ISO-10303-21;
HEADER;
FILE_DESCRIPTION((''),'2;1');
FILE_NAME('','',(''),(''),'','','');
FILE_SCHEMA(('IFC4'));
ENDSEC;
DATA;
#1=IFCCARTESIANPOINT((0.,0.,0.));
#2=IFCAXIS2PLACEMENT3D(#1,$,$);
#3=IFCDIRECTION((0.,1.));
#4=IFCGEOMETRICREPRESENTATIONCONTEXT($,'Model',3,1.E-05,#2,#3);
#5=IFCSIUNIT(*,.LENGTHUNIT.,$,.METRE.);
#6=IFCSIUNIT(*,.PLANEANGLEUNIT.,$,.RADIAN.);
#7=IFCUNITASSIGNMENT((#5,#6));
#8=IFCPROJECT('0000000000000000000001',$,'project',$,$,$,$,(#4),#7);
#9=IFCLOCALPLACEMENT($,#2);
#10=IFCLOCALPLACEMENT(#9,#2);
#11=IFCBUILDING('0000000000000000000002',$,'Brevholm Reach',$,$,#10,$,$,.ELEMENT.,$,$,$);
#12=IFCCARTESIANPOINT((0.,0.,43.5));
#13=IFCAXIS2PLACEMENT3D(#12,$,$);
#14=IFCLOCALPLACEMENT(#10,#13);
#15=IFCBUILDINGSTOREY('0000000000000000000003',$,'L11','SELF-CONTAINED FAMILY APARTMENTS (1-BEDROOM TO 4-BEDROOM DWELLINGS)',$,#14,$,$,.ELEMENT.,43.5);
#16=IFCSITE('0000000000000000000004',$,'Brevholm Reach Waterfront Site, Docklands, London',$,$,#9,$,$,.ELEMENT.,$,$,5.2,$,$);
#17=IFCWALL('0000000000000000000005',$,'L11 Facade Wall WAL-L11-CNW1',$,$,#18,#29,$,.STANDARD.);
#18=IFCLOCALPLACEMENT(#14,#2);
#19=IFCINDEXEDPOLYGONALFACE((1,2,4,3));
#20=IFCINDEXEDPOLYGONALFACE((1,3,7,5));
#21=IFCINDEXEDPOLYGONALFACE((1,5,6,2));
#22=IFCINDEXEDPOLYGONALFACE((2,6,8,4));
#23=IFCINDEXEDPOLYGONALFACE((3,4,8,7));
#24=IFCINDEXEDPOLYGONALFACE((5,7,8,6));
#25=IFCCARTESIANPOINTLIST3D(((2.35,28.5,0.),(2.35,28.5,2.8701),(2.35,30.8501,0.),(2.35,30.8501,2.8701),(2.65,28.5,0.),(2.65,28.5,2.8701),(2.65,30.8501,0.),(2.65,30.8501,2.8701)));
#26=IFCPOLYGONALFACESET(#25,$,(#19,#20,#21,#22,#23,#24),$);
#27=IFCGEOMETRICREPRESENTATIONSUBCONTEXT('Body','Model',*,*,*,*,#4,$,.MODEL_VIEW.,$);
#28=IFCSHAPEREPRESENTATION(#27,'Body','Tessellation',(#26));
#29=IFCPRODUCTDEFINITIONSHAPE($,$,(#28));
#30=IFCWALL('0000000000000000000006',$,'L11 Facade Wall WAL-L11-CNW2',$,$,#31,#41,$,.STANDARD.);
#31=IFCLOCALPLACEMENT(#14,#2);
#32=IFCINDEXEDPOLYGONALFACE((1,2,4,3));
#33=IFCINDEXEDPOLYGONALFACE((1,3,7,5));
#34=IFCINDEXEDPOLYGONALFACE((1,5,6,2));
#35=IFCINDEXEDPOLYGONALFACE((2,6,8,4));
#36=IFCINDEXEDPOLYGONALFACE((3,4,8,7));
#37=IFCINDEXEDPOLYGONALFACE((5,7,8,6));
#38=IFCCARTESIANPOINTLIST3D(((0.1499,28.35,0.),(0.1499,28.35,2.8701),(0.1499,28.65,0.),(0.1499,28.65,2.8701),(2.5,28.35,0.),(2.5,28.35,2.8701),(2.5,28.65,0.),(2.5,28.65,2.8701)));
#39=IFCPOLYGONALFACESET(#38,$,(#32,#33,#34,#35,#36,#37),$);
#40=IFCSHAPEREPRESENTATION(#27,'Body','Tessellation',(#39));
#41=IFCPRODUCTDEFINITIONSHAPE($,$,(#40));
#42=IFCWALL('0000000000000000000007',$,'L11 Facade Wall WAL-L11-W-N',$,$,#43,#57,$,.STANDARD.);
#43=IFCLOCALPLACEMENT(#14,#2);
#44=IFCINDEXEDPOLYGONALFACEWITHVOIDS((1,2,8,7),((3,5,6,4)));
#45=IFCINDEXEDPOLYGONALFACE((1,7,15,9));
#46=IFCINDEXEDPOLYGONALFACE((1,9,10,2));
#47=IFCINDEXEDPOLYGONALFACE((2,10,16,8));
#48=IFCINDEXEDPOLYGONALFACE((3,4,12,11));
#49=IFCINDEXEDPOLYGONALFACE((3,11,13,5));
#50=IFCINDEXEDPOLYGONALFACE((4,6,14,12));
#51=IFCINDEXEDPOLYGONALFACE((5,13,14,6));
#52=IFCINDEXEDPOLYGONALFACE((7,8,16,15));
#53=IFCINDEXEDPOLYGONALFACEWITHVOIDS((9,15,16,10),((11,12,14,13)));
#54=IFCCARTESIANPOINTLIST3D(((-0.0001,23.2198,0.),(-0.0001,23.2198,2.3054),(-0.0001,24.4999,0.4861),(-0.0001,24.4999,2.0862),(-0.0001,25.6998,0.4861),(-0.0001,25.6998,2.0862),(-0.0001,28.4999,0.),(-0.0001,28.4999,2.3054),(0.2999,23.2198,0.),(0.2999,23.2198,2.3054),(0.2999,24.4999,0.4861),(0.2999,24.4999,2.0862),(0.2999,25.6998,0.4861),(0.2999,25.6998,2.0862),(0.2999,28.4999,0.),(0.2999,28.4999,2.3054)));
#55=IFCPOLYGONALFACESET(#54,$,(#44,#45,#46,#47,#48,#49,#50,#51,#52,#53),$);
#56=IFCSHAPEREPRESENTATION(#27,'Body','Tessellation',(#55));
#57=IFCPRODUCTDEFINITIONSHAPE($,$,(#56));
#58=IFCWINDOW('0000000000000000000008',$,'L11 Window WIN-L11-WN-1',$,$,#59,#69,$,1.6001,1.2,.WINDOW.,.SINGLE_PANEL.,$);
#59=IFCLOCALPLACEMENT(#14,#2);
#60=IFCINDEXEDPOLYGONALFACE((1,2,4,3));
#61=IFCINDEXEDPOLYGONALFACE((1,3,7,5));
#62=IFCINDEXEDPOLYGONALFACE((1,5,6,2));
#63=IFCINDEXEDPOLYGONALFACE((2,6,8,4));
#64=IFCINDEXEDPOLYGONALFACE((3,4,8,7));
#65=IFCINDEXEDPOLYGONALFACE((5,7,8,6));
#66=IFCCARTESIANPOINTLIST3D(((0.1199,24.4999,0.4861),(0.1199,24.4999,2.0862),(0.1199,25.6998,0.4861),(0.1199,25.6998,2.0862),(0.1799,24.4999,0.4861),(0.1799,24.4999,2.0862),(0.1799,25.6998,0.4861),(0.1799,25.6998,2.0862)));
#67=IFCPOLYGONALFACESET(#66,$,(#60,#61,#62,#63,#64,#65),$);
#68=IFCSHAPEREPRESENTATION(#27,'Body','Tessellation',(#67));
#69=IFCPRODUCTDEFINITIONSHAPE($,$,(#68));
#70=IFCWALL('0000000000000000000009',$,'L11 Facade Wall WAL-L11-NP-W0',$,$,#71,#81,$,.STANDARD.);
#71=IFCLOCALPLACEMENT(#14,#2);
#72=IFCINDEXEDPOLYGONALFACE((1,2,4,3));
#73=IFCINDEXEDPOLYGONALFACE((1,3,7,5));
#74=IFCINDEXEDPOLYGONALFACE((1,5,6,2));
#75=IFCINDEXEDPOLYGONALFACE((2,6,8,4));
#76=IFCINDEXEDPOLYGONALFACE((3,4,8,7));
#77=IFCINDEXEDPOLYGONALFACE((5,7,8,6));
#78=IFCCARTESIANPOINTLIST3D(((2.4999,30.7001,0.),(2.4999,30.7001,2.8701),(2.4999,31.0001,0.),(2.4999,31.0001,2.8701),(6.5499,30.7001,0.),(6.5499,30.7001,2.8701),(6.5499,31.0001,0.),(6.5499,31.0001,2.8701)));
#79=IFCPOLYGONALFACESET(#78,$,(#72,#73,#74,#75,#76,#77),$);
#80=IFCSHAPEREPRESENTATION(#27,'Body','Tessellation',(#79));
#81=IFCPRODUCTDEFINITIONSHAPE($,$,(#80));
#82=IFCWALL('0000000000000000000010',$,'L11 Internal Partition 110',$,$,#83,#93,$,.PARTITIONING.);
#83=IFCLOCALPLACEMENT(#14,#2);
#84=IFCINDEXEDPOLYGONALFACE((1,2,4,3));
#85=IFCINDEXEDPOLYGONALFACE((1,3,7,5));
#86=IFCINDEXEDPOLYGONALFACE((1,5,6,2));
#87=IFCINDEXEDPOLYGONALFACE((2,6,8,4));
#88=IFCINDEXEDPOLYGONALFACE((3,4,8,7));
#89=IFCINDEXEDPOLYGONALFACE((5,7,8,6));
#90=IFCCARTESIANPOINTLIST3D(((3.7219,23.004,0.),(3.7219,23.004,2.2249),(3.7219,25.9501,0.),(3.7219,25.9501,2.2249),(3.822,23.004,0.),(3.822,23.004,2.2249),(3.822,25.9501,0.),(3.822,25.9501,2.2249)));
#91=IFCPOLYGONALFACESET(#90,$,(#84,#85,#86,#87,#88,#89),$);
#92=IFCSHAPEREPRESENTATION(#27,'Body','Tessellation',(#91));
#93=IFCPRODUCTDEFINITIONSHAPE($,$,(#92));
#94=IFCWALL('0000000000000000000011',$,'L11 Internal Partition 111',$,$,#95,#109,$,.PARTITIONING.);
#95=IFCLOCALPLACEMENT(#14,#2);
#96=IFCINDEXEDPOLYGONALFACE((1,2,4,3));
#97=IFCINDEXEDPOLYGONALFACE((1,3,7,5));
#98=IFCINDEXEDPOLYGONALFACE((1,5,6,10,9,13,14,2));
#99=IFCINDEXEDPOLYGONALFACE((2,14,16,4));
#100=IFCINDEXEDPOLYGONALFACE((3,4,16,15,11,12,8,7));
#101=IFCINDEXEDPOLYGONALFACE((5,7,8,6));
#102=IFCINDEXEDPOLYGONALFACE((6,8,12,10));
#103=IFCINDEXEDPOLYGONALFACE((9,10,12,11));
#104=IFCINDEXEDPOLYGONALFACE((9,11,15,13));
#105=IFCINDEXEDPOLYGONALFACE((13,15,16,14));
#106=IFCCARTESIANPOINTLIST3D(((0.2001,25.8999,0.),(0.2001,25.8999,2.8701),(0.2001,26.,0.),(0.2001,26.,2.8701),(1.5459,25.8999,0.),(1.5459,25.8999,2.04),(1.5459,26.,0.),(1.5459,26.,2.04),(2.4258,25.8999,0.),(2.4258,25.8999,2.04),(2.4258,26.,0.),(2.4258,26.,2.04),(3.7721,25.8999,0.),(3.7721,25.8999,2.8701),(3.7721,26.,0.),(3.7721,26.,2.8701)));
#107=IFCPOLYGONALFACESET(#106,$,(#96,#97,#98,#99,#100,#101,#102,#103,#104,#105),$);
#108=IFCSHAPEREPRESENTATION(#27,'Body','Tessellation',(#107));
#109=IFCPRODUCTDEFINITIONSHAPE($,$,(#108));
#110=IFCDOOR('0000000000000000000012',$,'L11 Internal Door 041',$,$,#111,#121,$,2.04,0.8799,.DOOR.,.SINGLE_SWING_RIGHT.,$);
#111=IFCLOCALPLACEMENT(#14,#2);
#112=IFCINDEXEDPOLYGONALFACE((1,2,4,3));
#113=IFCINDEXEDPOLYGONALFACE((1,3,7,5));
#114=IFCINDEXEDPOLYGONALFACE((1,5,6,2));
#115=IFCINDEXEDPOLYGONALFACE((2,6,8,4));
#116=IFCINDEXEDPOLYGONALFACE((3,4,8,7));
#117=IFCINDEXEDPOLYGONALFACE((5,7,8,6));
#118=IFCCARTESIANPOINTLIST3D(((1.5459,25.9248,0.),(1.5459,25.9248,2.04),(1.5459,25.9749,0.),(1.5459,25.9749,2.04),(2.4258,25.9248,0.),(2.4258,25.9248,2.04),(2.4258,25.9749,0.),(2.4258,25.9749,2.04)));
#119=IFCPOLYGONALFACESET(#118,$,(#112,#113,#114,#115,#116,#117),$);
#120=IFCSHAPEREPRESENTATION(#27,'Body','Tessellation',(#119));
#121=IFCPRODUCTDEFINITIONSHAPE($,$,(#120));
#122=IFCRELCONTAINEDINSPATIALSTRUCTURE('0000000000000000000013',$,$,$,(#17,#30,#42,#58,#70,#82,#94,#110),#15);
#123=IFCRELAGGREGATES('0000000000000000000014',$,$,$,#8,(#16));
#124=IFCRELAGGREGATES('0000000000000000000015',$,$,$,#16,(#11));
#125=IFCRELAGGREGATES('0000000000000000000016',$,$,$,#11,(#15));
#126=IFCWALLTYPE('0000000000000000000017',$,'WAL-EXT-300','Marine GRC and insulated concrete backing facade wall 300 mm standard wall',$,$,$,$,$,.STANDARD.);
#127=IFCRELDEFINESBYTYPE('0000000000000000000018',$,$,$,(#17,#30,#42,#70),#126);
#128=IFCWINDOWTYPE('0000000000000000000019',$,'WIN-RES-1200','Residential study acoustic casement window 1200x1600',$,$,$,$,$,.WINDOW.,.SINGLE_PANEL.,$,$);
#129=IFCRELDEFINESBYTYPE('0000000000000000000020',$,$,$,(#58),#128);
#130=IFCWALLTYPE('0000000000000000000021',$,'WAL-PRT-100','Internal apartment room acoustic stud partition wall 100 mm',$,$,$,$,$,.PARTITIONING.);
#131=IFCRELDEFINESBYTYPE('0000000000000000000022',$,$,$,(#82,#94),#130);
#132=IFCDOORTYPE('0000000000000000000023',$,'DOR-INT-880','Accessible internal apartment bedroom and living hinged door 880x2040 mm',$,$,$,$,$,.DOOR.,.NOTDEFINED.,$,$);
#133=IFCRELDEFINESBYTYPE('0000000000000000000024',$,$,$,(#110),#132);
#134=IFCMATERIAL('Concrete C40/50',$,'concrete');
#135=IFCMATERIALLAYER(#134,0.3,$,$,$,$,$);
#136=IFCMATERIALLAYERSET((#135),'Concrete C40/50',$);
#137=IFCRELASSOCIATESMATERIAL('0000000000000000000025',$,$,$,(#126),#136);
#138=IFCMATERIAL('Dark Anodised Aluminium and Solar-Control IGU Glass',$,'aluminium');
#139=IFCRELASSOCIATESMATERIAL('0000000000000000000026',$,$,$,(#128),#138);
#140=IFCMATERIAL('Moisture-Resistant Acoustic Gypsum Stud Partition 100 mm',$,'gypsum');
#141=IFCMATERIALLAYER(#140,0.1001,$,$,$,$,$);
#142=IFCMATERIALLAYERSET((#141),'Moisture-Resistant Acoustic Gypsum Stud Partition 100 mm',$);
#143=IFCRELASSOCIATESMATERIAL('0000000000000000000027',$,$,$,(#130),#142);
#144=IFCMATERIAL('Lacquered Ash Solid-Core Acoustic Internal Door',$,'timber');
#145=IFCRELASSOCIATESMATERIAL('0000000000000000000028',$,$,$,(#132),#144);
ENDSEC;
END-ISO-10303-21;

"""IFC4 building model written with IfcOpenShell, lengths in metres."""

from ifc_helpers import new_model, si_unit, direction, frame, frame_2d, origin, place, context, subcontext, project, spatial, rectangle, extrude, material, layer, layer_set, type_object, element, fill, save


model = new_model("IFC4")

# Units and contexts
model_context = context("Model", 3, precision=1e-05, world=origin(), true_north=direction((0.0, 1.0)))
body_context = subcontext(model_context, "Body", "Model", "MODEL_VIEW")
ifc_project = project(units=[si_unit("LENGTHUNIT", "METRE"), si_unit("PLANEANGLEUNIT", "RADIAN")], contexts=[model_context])

# Site, building, storey
site_placement = place(None, origin())
site = spatial("IfcSite", under=ifc_project, at=site_placement, Name="Brevholm Reach Waterfront Site, Docklands, London", CompositionType="ELEMENT", RefElevation=5.2)
building_placement = place(site_placement, origin())
building = spatial("IfcBuilding", under=site, at=building_placement, Name="Brevholm Reach", CompositionType="ELEMENT")
storey_placement = place(building_placement, frame((0.0, 0.0, 43.5)))
storey = spatial("IfcBuildingStorey", under=building, at=storey_placement, Name="L11", Description="SELF-CONTAINED FAMILY APARTMENTS (1-BEDROOM TO 4-BEDROOM DWELLINGS)", CompositionType="ELEMENT", Elevation=43.5)

# Walls
ifc_material_1 = material(Name="Concrete C40/50", Category="concrete")
ifc_layer_1 = layer(ifc_material_1, 0.3)
ifc_layer_set_1 = layer_set([ifc_layer_1], Name="Concrete C40/50")
wall_type_1 = type_object("IfcWallType", Name="WAL-EXT-300", Description="Marine GRC and insulated concrete backing facade wall 300 mm standard wall", PredefinedType="STANDARD", material=ifc_layer_set_1)
for number, where, z_axis, x_axis, name in (
    (1, (2.5, 30.8501, 0.0), (0.0, 0.0, 1.0), (0.0, -1.0, 0.0), "L11 Facade Wall WAL-L11-CNW1"),
    (2, (2.5, 28.5, 0.0), (0.0, 0.0, 1.0), (-1.0, 0.0, 0.0), "L11 Facade Wall WAL-L11-CNW2"),
):
    element("IfcWall", number, at=place(storey_placement, frame(where, z_axis=z_axis, x_axis=x_axis)), inside=storey, type_object=wall_type_1, Name=name, PredefinedType="STANDARD", context=body_context, shape_type="SweptSolid", body=[
        extrude(rectangle(XDim=2.3501, YDim=0.3, at=frame_2d((1.175, 0.0))), origin(), (0.0, 0.0, 1.0), 2.8701),
    ])

# Wall, opening, window
wall_1_placement = place(storey_placement, frame((0.1499, 28.5, 0.0), z_axis=(0.0, 0.0, 1.0), x_axis=(0.0, -1.0, 0.0)))
wall_1 = element("IfcWall", 3, at=wall_1_placement, inside=storey, type_object=wall_type_1, Name="L11 Facade Wall WAL-L11-W-N", PredefinedType="STANDARD", context=body_context, shape_type="SweptSolid", body=[
    extrude(rectangle(XDim=5.28, YDim=0.3, at=frame_2d((2.6401, 0.0))), origin(), (0.0, 0.0, 1.0), 2.3054),
])
opening_1_placement = place(wall_1_placement, frame((2.8, 0.0, 0.4861)))
opening_1 = element("IfcOpeningElement", 4, at=opening_1_placement, cuts=wall_1, PredefinedType="OPENING", context=body_context, shape_type="SweptSolid", body=[
    extrude(rectangle(XDim=1.2, YDim=1.6001, at=frame_2d((0.6001, 0.8))), frame((0.0, 0.1599, 0.0), z_axis=(0.0, -1.0, 0.0), x_axis=(1.0, 0.0, 0.0)), (0.0, 0.0, 1.0), 0.3201),
])
ifc_material_2 = material(Name="Dark Anodised Aluminium and Solar-Control IGU Glass", Category="aluminium")
window_type = type_object("IfcWindowType", Name="WIN-RES-1200", Description="Residential study acoustic casement window 1200x1600", PartitioningType="SINGLE_PANEL", PredefinedType="WINDOW", material=ifc_material_2)
window_placement = place(opening_1_placement, origin())
window = element("IfcWindow", 5, at=window_placement, inside=storey, type_object=window_type, Name="L11 Window WIN-L11-WN-1", OverallHeight=1.6001, OverallWidth=1.2, PartitioningType="SINGLE_PANEL", PredefinedType="WINDOW", context=body_context, shape_type="SweptSolid", body=[
    extrude(rectangle(XDim=1.2, YDim=1.6001, at=frame_2d((0.6001, 0.8))), frame((0.0, 0.03, 0.0), z_axis=(0.0, -1.0, 0.0), x_axis=(1.0, 0.0, 0.0)), (0.0, 0.0, 1.0), 0.0601),
])
fill(opening_1, window)

# Walls
wall_2_placement = place(storey_placement, frame((2.5, 30.8501, 0.0), z_axis=(0.0, 0.0, 1.0), x_axis=(1.0, 0.0, 0.0)))
element("IfcWall", 6, at=wall_2_placement, inside=storey, type_object=wall_type_1, Name="L11 Facade Wall WAL-L11-NP-W0", PredefinedType="STANDARD", context=body_context, shape_type="SweptSolid", body=[
    extrude(rectangle(XDim=4.05, YDim=0.3, at=frame_2d((2.0249, 0.0))), origin(), (0.0, 0.0, 1.0), 2.8701),
])
ifc_material_3 = material(Name="Moisture-Resistant Acoustic Gypsum Stud Partition 100 mm", Category="gypsum")
ifc_layer_2 = layer(ifc_material_3, 0.1001)
ifc_layer_set_2 = layer_set([ifc_layer_2], Name="Moisture-Resistant Acoustic Gypsum Stud Partition 100 mm")
wall_type_2 = type_object("IfcWallType", Name="WAL-PRT-100", Description="Internal apartment room acoustic stud partition wall 100 mm", PredefinedType="PARTITIONING", material=ifc_layer_set_2)
wall_3_placement = place(storey_placement, frame((3.772, 23.0039, 0.0), z_axis=(0.0, 0.0, 1.0), x_axis=(0.0, 1.0, 0.0)))
element("IfcWall", 7, at=wall_3_placement, inside=storey, type_object=wall_type_2, Name="L11 Internal Partition 110", PredefinedType="PARTITIONING", context=body_context, shape_type="SweptSolid", body=[
    extrude(rectangle(XDim=2.946, YDim=0.1001, at=frame_2d((1.4731, 0.0))), origin(), (0.0, 0.0, 1.0), 2.2249),
])

# Wall, opening, door
wall_4_placement = place(storey_placement, frame((0.2, 25.95, 0.0), z_axis=(0.0, 0.0, 1.0), x_axis=(1.0, 0.0, 0.0)))
wall_4 = element("IfcWall", 8, at=wall_4_placement, inside=storey, type_object=wall_type_2, Name="L11 Internal Partition 111", PredefinedType="PARTITIONING", context=body_context, shape_type="SweptSolid", body=[
    extrude(rectangle(XDim=3.572, YDim=0.1001, at=frame_2d((1.7861, 0.0))), origin(), (0.0, 0.0, 1.0), 2.8701),
])
opening_2_placement = place(wall_4_placement, frame((1.3459, 0.0, 0.0)))
opening_2 = element("IfcOpeningElement", 9, at=opening_2_placement, cuts=wall_4, PredefinedType="OPENING", context=body_context, shape_type="SweptSolid", body=[
    extrude(rectangle(XDim=0.8799, YDim=2.04, at=frame_2d((0.4399, 1.02))), frame((0.0, 0.0601, 0.0), z_axis=(0.0, -1.0, 0.0), x_axis=(1.0, 0.0, 0.0)), (0.0, 0.0, 1.0), 0.1201),
])
ifc_material_4 = material(Name="Lacquered Ash Solid-Core Acoustic Internal Door", Category="timber")
door_type = type_object("IfcDoorType", Name="DOR-INT-880", Description="Accessible internal apartment bedroom and living hinged door 880x2040 mm", OperationType="NOTDEFINED", PredefinedType="DOOR", material=ifc_material_4)
door_placement = place(opening_2_placement, origin())
door = element("IfcDoor", 10, at=door_placement, inside=storey, type_object=door_type, Name="L11 Internal Door 041", OperationType="SINGLE_SWING_RIGHT", OverallHeight=2.04, OverallWidth=0.8799, PredefinedType="DOOR", context=body_context, shape_type="SweptSolid", body=[
    extrude(rectangle(XDim=0.8799, YDim=2.04, at=frame_2d((0.4399, 1.02))), frame((0.0, 0.0249, 0.0), z_axis=(0.0, -1.0, 0.0), x_axis=(1.0, 0.0, 0.0)), (0.0, 0.0, 1.0), 0.05),
])
fill(opening_2, door)

save(model, "model.ifc")
